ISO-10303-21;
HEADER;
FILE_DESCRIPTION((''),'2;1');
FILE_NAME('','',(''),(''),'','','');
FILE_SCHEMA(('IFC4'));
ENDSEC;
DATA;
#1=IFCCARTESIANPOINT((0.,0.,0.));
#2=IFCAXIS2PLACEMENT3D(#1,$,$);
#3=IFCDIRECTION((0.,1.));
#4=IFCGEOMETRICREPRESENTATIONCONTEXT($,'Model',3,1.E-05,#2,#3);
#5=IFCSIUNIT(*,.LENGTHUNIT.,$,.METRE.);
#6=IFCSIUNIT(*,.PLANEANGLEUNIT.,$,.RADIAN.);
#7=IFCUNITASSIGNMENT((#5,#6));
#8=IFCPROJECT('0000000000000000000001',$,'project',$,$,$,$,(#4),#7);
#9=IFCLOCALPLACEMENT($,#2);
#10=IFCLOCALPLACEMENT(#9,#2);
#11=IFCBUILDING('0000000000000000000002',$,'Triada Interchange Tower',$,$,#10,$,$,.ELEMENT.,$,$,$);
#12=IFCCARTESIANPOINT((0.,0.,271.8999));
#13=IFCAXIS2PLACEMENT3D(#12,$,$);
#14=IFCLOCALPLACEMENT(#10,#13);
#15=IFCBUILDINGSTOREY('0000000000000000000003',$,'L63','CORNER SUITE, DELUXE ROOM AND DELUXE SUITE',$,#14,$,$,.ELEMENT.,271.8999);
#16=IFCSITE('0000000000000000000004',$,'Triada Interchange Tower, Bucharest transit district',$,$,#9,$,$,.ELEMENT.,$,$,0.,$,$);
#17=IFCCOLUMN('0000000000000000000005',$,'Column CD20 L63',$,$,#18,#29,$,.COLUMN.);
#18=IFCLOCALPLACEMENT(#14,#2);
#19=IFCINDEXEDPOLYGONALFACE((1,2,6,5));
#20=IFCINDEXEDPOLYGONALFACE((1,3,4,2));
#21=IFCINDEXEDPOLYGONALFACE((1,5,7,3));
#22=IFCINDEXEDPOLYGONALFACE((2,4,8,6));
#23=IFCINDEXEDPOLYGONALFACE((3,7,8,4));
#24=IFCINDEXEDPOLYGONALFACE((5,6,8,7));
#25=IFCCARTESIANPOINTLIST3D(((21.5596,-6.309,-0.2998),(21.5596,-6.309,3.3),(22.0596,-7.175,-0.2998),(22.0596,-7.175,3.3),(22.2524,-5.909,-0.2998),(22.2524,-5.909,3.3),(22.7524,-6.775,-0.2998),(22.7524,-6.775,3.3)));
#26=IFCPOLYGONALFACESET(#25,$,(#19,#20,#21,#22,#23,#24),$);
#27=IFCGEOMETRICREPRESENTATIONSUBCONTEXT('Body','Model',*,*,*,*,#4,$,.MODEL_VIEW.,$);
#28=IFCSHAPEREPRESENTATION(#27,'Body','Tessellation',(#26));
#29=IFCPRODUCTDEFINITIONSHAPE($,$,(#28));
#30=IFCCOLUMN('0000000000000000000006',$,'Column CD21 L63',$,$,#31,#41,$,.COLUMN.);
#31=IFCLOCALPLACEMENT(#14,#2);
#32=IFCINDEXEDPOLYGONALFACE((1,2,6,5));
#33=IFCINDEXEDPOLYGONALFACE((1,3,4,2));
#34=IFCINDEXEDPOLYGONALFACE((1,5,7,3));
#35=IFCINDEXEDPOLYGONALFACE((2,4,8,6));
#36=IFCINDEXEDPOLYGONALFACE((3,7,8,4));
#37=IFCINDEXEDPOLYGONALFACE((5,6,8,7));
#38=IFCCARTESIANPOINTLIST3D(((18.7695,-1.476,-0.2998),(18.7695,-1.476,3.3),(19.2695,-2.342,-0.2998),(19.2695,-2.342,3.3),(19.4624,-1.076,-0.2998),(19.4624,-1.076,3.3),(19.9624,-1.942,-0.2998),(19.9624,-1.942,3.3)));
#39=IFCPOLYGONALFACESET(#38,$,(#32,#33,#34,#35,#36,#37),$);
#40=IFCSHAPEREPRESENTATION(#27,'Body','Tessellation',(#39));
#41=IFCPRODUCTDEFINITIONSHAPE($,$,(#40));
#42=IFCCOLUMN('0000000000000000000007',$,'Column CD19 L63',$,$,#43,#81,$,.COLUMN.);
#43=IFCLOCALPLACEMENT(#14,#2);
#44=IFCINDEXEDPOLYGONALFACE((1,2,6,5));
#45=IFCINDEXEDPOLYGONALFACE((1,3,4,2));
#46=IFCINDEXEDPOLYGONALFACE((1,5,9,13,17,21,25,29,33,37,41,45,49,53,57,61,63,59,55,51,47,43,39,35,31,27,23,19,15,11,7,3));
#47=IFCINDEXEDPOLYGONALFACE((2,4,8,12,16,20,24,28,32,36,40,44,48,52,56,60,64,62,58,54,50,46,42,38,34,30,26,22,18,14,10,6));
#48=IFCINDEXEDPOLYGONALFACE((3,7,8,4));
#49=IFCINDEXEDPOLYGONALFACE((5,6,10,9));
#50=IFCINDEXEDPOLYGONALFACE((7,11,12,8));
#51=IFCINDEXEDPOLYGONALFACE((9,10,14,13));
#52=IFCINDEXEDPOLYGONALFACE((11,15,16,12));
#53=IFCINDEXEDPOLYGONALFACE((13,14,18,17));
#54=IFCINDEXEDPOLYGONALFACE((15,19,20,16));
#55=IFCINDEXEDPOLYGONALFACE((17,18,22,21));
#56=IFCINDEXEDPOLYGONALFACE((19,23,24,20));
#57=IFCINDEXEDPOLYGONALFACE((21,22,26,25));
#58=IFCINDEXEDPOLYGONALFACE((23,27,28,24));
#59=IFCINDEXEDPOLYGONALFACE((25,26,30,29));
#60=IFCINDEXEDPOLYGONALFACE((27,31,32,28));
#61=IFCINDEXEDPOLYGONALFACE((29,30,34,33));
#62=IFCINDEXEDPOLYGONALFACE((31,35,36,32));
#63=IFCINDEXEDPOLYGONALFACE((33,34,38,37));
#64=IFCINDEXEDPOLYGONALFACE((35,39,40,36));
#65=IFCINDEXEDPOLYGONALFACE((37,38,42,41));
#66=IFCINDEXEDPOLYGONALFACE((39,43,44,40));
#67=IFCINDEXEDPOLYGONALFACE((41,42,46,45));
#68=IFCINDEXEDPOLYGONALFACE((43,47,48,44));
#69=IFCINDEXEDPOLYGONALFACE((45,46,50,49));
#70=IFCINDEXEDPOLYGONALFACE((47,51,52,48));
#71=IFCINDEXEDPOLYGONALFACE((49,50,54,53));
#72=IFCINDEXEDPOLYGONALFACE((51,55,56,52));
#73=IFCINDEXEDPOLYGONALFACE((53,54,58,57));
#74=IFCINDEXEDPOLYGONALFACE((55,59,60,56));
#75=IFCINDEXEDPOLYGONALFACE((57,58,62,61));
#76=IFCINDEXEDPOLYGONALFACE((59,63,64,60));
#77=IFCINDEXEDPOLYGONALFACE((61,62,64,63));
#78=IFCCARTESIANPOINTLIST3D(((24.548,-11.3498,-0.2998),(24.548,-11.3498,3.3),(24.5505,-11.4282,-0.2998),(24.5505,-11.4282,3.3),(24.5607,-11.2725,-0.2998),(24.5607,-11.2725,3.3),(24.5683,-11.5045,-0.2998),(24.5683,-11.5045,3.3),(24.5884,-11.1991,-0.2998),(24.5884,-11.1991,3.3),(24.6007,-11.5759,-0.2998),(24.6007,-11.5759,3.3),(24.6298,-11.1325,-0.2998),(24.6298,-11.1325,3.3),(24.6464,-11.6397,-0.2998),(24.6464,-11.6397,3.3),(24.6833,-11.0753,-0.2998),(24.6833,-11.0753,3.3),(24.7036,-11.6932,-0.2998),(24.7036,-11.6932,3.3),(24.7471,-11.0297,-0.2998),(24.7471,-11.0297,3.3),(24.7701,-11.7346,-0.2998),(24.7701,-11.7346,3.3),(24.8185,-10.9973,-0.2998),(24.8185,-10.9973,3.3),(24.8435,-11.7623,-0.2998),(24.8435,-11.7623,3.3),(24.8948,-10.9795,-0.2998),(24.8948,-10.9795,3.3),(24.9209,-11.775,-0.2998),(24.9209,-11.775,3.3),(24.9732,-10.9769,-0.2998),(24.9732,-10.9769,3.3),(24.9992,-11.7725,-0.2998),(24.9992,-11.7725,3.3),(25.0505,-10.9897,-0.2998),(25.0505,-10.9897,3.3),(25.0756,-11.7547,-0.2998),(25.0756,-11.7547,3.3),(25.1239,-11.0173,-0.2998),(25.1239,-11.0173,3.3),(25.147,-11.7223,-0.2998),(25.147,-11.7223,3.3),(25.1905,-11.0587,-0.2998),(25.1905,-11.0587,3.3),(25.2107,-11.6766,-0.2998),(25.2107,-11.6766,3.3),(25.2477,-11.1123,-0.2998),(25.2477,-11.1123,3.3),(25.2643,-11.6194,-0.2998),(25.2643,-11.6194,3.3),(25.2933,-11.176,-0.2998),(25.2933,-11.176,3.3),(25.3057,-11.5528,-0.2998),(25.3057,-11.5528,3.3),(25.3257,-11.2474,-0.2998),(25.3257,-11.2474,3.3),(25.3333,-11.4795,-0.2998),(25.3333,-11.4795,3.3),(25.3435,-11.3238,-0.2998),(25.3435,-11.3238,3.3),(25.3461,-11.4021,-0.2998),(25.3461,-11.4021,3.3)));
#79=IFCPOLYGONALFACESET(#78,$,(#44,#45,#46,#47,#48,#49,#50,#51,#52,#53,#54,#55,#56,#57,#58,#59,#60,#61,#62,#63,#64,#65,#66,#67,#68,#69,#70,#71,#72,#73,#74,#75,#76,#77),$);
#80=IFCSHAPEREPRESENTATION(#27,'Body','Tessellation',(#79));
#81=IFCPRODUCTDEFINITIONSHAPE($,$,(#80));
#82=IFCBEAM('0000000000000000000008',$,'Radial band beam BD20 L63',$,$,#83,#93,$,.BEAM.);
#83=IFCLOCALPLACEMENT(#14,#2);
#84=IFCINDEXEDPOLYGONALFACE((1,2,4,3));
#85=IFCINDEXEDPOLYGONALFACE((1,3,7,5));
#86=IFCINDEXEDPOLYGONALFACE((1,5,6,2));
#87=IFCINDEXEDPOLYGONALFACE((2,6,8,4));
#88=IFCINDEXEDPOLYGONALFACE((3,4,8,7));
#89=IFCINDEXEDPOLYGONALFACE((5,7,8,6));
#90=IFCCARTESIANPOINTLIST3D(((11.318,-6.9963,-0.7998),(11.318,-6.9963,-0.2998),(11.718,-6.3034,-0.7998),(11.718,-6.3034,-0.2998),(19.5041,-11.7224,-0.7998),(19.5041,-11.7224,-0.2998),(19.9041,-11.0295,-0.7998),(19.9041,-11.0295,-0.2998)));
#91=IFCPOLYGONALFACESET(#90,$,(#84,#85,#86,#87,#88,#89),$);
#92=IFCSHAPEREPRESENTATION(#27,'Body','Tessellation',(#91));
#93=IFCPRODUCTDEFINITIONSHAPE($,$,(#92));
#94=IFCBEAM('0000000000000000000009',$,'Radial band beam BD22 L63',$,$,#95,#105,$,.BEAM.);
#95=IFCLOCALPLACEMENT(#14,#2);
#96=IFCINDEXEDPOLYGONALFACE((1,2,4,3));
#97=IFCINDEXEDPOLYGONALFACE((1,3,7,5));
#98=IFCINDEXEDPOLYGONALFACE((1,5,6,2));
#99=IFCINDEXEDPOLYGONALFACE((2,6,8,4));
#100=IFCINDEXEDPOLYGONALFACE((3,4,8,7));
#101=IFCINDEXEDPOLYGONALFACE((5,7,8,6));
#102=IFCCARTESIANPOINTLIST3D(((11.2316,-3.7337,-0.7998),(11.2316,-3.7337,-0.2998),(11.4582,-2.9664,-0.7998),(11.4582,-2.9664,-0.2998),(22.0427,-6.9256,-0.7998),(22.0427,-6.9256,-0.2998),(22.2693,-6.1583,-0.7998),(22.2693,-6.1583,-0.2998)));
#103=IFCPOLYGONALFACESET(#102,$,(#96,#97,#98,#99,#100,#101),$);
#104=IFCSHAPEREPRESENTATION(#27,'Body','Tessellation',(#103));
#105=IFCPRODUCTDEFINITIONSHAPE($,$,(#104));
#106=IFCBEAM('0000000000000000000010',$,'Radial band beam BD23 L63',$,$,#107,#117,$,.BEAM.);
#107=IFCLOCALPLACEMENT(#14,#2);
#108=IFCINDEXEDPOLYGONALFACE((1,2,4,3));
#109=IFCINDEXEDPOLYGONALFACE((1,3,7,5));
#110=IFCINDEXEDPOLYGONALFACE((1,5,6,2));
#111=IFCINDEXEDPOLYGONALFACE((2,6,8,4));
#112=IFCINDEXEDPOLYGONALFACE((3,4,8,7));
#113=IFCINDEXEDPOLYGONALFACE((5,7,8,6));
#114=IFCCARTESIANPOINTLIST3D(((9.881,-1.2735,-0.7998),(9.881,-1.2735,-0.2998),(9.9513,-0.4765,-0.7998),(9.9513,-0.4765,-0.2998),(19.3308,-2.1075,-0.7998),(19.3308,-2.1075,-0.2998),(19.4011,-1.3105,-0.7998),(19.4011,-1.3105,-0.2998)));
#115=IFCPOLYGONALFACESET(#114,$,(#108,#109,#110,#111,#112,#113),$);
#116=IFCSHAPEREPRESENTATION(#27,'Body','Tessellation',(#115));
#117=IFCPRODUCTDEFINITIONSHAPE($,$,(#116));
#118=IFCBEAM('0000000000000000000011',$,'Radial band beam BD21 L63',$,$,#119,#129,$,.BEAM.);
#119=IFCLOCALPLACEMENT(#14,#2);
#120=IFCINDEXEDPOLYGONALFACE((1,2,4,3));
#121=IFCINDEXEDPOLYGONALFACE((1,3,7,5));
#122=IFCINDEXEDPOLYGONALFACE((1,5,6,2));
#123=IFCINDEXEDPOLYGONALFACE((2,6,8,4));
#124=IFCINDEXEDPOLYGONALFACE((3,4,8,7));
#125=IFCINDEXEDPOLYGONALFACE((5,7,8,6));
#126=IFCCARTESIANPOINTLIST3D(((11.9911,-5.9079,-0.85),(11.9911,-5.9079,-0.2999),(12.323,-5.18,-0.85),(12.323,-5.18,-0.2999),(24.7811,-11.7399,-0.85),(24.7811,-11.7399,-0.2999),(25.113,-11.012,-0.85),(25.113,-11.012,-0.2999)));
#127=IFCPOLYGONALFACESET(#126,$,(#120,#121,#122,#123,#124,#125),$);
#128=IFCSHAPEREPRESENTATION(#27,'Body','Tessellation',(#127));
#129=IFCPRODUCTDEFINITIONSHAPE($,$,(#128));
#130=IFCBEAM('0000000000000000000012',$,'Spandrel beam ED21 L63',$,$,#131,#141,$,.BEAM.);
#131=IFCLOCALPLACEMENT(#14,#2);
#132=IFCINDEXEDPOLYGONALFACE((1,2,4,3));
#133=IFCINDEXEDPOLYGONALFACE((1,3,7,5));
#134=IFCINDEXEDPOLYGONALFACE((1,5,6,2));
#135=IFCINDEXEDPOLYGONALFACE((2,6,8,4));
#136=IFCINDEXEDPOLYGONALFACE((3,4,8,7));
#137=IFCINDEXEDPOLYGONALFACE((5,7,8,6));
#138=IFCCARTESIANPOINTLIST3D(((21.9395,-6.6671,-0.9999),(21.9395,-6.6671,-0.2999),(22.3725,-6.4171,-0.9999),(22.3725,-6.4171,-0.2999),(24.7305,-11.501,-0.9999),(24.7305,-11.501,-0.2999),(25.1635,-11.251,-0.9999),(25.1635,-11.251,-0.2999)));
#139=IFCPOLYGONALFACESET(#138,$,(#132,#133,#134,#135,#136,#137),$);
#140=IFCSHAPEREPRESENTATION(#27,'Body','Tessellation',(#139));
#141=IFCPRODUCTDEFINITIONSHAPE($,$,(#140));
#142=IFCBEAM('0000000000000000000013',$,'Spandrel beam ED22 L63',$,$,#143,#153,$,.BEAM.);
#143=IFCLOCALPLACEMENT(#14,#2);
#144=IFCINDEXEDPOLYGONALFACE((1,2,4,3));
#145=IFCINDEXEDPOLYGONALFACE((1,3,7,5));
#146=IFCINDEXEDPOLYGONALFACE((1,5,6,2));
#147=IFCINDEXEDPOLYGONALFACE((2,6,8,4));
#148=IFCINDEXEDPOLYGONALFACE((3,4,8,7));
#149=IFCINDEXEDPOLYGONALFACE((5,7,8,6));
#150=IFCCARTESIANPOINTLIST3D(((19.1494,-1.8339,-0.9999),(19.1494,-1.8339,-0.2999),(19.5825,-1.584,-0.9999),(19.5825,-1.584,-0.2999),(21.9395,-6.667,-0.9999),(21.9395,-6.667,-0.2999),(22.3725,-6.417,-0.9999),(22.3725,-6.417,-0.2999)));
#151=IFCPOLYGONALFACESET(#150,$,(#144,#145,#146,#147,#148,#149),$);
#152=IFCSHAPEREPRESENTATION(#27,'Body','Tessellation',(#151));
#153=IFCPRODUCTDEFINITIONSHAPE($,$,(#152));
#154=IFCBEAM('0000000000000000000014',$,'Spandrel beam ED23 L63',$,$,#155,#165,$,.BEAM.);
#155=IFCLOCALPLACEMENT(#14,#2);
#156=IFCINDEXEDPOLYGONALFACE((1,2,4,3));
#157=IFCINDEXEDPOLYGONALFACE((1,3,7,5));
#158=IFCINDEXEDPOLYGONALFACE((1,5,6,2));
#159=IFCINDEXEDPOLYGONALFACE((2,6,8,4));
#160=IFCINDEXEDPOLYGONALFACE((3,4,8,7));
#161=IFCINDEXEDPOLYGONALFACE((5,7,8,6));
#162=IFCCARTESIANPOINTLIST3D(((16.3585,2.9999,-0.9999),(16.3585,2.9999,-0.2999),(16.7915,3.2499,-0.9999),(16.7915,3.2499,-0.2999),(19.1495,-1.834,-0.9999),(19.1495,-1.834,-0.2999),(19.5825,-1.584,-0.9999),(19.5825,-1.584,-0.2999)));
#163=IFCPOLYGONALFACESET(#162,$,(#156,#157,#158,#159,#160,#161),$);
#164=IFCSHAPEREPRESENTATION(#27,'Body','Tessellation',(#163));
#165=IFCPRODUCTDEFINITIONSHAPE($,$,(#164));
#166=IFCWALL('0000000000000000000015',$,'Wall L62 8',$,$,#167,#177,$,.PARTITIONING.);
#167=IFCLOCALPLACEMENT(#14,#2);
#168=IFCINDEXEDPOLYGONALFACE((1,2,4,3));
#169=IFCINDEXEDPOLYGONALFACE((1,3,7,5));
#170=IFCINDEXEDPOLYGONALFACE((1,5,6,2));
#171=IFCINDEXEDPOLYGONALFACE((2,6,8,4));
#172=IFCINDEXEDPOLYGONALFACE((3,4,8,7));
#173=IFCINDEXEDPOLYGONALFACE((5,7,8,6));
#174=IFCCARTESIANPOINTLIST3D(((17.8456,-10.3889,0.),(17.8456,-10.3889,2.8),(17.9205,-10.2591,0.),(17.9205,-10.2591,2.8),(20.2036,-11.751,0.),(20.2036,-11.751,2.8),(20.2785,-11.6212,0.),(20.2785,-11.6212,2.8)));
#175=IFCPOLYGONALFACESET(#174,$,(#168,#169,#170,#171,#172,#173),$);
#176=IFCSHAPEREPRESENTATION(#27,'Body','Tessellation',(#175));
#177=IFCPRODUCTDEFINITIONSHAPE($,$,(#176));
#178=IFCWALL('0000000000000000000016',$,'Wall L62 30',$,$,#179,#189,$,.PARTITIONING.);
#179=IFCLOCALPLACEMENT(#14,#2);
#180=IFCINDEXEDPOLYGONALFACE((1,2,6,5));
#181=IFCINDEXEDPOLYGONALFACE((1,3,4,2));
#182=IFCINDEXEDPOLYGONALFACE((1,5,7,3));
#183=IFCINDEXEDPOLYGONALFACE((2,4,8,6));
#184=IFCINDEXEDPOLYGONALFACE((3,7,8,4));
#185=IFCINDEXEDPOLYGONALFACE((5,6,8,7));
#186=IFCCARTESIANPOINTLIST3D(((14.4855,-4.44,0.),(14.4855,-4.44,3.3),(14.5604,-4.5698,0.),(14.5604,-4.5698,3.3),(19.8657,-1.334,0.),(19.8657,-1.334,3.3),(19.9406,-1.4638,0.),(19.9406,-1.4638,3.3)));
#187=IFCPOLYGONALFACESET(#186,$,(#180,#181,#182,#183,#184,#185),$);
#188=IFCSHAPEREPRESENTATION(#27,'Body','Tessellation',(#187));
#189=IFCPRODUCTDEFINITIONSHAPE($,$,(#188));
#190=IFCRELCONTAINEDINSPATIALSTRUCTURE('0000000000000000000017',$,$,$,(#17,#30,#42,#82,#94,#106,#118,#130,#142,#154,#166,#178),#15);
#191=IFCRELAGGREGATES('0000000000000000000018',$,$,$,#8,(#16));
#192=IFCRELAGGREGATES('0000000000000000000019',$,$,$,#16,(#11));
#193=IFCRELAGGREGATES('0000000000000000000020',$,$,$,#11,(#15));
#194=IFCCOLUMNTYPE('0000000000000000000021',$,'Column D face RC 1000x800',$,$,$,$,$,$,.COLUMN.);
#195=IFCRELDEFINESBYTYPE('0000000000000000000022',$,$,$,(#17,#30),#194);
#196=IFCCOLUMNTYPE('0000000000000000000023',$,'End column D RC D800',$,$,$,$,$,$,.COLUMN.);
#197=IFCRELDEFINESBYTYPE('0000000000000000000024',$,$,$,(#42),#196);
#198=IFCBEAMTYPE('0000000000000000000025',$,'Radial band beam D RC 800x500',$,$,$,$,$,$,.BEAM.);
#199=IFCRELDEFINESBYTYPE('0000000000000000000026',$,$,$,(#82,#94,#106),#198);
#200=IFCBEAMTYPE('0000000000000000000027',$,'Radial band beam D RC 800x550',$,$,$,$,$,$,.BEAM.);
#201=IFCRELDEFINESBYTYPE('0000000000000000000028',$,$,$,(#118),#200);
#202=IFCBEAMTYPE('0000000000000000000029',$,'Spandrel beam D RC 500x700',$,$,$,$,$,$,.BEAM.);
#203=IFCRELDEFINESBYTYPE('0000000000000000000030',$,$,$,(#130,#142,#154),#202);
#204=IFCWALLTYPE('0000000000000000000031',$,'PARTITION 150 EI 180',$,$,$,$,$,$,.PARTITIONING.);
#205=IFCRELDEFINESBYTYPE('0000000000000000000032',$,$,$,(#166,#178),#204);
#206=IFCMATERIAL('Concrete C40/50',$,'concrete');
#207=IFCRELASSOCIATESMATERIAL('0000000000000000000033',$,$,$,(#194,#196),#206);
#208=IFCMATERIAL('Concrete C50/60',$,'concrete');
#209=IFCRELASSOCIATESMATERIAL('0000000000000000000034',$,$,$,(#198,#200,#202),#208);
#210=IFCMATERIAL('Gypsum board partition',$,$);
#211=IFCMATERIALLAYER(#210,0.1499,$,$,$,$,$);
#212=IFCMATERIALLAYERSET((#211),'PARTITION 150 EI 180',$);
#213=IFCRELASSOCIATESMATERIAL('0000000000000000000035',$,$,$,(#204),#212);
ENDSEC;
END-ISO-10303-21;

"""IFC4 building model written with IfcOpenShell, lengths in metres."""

from ifc_helpers import new_model, si_unit, direction, frame, frame_2d, origin, origin_2d, place, context, subcontext, project, spatial, rectangle, circle, extrude, material, layer, layer_set, material_profile, profile_set, type_object, element, save


model = new_model("IFC4")

# Units and contexts
model_context = context("Model", 3, precision=1e-05, world=origin(), true_north=direction((0.0, 1.0)))
body_context = subcontext(model_context, "Body", "Model", "MODEL_VIEW")
ifc_project = project(units=[si_unit("LENGTHUNIT", "METRE"), si_unit("PLANEANGLEUNIT", "RADIAN")], contexts=[model_context])

# Site, building, storey
site_placement = place(None, origin())
site = spatial("IfcSite", under=ifc_project, at=site_placement, Name="Triada Interchange Tower, Bucharest transit district", CompositionType="ELEMENT", RefElevation=0.0)
building_placement = place(site_placement, origin())
building = spatial("IfcBuilding", under=site, at=building_placement, Name="Triada Interchange Tower", CompositionType="ELEMENT")
storey_placement = place(building_placement, frame((0.0, 0.0, 271.8999)))
storey = spatial("IfcBuildingStorey", under=building, at=storey_placement, Name="L63", Description="CORNER SUITE, DELUXE ROOM AND DELUXE SUITE", CompositionType="ELEMENT", Elevation=271.8999)

# Columns
ifc_material_1 = material(Name="Concrete C40/50", Category="concrete")
ifc_material_profile_1 = material_profile(ifc_material_1, rectangle(XDim=1.0, YDim=0.8, at=origin_2d()), Name="RC 1000x800")
ifc_profile_set_1 = profile_set([ifc_material_profile_1], Name="Concrete C40/50")
column_type_1 = type_object("IfcColumnType", Name="Column D face RC 1000x800", PredefinedType="COLUMN", material=ifc_profile_set_1)
for number, where, z_axis, x_axis, name in (
    (1, (22.156, -6.542, -0.2998), (0.0, 0.0, 1.0), (-0.5, 0.866025, 0.0), "Column CD20 L63"),
    (2, (19.366, -1.709, -0.2998), (0.0, 0.0, 1.0), (-0.5, 0.866025, 0.0), "Column CD21 L63"),
):
    element("IfcColumn", number, at=place(storey_placement, frame(where, z_axis=z_axis, x_axis=x_axis)), inside=storey, type_object=column_type_1, Name=name, PredefinedType="COLUMN", context=body_context, shape_type="SweptSolid", body=[
        extrude(rectangle(XDim=1.0, YDim=0.8, at=origin_2d()), origin(), (0.0, 0.0, 1.0), 3.5999),
    ])
ifc_material_profile_2 = material_profile(ifc_material_1, circle(Radius=0.3999, at=origin_2d()), Name="RC D800")
ifc_profile_set_2 = profile_set([ifc_material_profile_2], Name="Concrete C40/50")
column_type_2 = type_object("IfcColumnType", Name="End column D RC D800", PredefinedType="COLUMN", material=ifc_profile_set_2)
column_placement = place(storey_placement, frame((24.947, -11.376, -0.2998), z_axis=(0.0, 0.0, 1.0), x_axis=(-0.5, 0.866025, 0.0)))
element("IfcColumn", 3, at=column_placement, inside=storey, type_object=column_type_2, Name="Column CD19 L63", PredefinedType="COLUMN", context=body_context, shape_type="SweptSolid", body=[
    extrude(circle(Radius=0.3999, at=origin_2d()), origin(), (0.0, 0.0, 1.0), 3.5999),
])

# Beams
ifc_material_2 = material(Name="Concrete C50/60", Category="concrete")
ifc_material_profile_3 = material_profile(ifc_material_2, rectangle(XDim=0.8, YDim=0.5, at=origin_2d()), Name="RC 800x500")
ifc_profile_set_3 = profile_set([ifc_material_profile_3], Name="Concrete C50/60")
beam_type_1 = type_object("IfcBeamType", Name="Radial band beam D RC 800x500", PredefinedType="BEAM", material=ifc_profile_set_3)
beam_1_placement = place(storey_placement, frame((19.7041, -11.376, -0.5498), z_axis=(-0.866032, 0.499989, 0.0), x_axis=(-0.499989, -0.866032, 0.0)))
element("IfcBeam", 4, at=beam_1_placement, inside=storey, type_object=beam_type_1, Name="Radial band beam BD20 L63", PredefinedType="BEAM", context=body_context, shape_type="SweptSolid", body=[
    extrude(rectangle(XDim=0.8, YDim=0.5, at=origin_2d()), origin(), (0.0, 0.0, 1.0), 9.4524),
])
beam_2_placement = place(storey_placement, frame((22.156, -6.542, -0.5498), z_axis=(-0.959073, 0.283161, 0.0), x_axis=(-0.283161, -0.959073, 0.0)))
element("IfcBeam", 5, at=beam_2_placement, inside=storey, type_object=beam_type_1, Name="Radial band beam BD22 L63", PredefinedType="BEAM", context=body_context, shape_type="SweptSolid", body=[
    extrude(rectangle(XDim=0.8, YDim=0.5, at=origin_2d()), origin(), (0.0, 0.0, 1.0), 11.2725),
])
beam_3_placement = place(storey_placement, frame((19.366, -1.709, -0.5498), z_axis=(-0.996128, 0.087911, 0.0), x_axis=(-0.087911, -0.996128, 0.0)))
element("IfcBeam", 6, at=beam_3_placement, inside=storey, type_object=beam_type_1, Name="Radial band beam BD23 L63", PredefinedType="BEAM", context=body_context, shape_type="SweptSolid", body=[
    extrude(rectangle(XDim=0.8, YDim=0.5, at=origin_2d()), origin(), (0.0, 0.0, 1.0), 9.4866),
])
ifc_material_profile_4 = material_profile(ifc_material_2, rectangle(XDim=0.8, YDim=0.55, at=origin_2d()), Name="RC 800x550")
ifc_profile_set_4 = profile_set([ifc_material_profile_4], Name="Concrete C50/60")
beam_type_2 = type_object("IfcBeamType", Name="Radial band beam D RC 800x550", PredefinedType="BEAM", material=ifc_profile_set_4)
beam_4_placement = place(storey_placement, frame((24.947, -11.376, -0.575), z_axis=(-0.909873, 0.414886, 0.0), x_axis=(-0.414886, -0.909873, 0.0)))
element("IfcBeam", 7, at=beam_4_placement, inside=storey, type_object=beam_type_2, Name="Radial band beam BD21 L63", PredefinedType="BEAM", context=body_context, shape_type="SweptSolid", body=[
    extrude(rectangle(XDim=0.8, YDim=0.55, at=origin_2d()), origin(), (0.0, 0.0, 1.0), 14.0569),
])
ifc_material_profile_5 = material_profile(ifc_material_2, rectangle(XDim=0.5, YDim=0.7, at=origin_2d()), Name="RC 500x700")
ifc_profile_set_5 = profile_set([ifc_material_profile_5], Name="Concrete C50/60")
beam_type_3 = type_object("IfcBeamType", Name="Spandrel beam D RC 500x700", PredefinedType="BEAM", material=ifc_profile_set_5)
beam_5_placement = place(storey_placement, frame((24.947, -11.376, -0.6499), z_axis=(-0.500015, 0.866017, 0.0), x_axis=(-0.866017, -0.500015, 0.0)))
element("IfcBeam", 8, at=beam_5_placement, inside=storey, type_object=beam_type_3, Name="Spandrel beam ED21 L63", PredefinedType="BEAM", context=body_context, shape_type="SweptSolid", body=[
    extrude(rectangle(XDim=0.5, YDim=0.7, at=origin_2d()), origin(), (0.0, 0.0, 1.0), 5.5818),
])
beam_6_placement = place(storey_placement, frame((22.156, -6.542, -0.6499), z_axis=(-0.49996, 0.866049, 0.0), x_axis=(-0.866049, -0.49996, 0.0)))
element("IfcBeam", 9, at=beam_6_placement, inside=storey, type_object=beam_type_3, Name="Spandrel beam ED22 L63", PredefinedType="BEAM", context=body_context, shape_type="SweptSolid", body=[
    extrude(rectangle(XDim=0.5, YDim=0.7, at=origin_2d()), origin(), (0.0, 0.0, 1.0), 5.5806),
])
beam_7_placement = place(storey_placement, frame((19.366, -1.709, -0.6499), z_axis=(-0.500015, 0.866017, 0.0), x_axis=(-0.866017, -0.500015, 0.0)))
element("IfcBeam", 10, at=beam_7_placement, inside=storey, type_object=beam_type_3, Name="Spandrel beam ED23 L63", PredefinedType="BEAM", context=body_context, shape_type="SweptSolid", body=[
    extrude(rectangle(XDim=0.5, YDim=0.7, at=origin_2d()), origin(), (0.0, 0.0, 1.0), 5.5818),
])

# Walls
ifc_material_3 = material(Name="Gypsum board partition")
ifc_layer_1 = layer(ifc_material_3, 0.1499)
ifc_layer_set_1 = layer_set([ifc_layer_1], Name="PARTITION 150 EI 180")
wall_type_1 = type_object("IfcWallType", Name="PARTITION 150 EI 180", PredefinedType="PARTITIONING", material=ifc_layer_set_1)
wall_1_placement = place(storey_placement, frame((17.8831, -10.324, 0.0), z_axis=(0.0, 0.0, 1.0), x_axis=(0.865911, -0.500198, 0.0)))
element("IfcWall", 11, at=wall_1_placement, inside=storey, type_object=wall_type_1, Name="Wall L62 8", PredefinedType="PARTITIONING", context=body_context, shape_type="SweptSolid", body=[
    extrude(rectangle(XDim=2.7231, YDim=0.1499, at=frame_2d((1.3616, 0.0))), origin(), (0.0, 0.0, 1.0), 2.8),
])
wall_2_placement = place(storey_placement, frame((14.5229, -4.5049, 0.0), z_axis=(0.0, 0.0, 1.0), x_axis=(0.866044, 0.499969, 0.0)))
element("IfcWall", 12, at=wall_2_placement, inside=storey, type_object=wall_type_1, Name="Wall L62 30", PredefinedType="PARTITIONING", context=body_context, shape_type="SweptSolid", body=[
    extrude(rectangle(XDim=6.2124, YDim=0.1499, at=frame_2d((3.1062, 0.0))), origin(), (0.0, 0.0, 1.0), 3.3),
])

save(model, "model.ifc")
